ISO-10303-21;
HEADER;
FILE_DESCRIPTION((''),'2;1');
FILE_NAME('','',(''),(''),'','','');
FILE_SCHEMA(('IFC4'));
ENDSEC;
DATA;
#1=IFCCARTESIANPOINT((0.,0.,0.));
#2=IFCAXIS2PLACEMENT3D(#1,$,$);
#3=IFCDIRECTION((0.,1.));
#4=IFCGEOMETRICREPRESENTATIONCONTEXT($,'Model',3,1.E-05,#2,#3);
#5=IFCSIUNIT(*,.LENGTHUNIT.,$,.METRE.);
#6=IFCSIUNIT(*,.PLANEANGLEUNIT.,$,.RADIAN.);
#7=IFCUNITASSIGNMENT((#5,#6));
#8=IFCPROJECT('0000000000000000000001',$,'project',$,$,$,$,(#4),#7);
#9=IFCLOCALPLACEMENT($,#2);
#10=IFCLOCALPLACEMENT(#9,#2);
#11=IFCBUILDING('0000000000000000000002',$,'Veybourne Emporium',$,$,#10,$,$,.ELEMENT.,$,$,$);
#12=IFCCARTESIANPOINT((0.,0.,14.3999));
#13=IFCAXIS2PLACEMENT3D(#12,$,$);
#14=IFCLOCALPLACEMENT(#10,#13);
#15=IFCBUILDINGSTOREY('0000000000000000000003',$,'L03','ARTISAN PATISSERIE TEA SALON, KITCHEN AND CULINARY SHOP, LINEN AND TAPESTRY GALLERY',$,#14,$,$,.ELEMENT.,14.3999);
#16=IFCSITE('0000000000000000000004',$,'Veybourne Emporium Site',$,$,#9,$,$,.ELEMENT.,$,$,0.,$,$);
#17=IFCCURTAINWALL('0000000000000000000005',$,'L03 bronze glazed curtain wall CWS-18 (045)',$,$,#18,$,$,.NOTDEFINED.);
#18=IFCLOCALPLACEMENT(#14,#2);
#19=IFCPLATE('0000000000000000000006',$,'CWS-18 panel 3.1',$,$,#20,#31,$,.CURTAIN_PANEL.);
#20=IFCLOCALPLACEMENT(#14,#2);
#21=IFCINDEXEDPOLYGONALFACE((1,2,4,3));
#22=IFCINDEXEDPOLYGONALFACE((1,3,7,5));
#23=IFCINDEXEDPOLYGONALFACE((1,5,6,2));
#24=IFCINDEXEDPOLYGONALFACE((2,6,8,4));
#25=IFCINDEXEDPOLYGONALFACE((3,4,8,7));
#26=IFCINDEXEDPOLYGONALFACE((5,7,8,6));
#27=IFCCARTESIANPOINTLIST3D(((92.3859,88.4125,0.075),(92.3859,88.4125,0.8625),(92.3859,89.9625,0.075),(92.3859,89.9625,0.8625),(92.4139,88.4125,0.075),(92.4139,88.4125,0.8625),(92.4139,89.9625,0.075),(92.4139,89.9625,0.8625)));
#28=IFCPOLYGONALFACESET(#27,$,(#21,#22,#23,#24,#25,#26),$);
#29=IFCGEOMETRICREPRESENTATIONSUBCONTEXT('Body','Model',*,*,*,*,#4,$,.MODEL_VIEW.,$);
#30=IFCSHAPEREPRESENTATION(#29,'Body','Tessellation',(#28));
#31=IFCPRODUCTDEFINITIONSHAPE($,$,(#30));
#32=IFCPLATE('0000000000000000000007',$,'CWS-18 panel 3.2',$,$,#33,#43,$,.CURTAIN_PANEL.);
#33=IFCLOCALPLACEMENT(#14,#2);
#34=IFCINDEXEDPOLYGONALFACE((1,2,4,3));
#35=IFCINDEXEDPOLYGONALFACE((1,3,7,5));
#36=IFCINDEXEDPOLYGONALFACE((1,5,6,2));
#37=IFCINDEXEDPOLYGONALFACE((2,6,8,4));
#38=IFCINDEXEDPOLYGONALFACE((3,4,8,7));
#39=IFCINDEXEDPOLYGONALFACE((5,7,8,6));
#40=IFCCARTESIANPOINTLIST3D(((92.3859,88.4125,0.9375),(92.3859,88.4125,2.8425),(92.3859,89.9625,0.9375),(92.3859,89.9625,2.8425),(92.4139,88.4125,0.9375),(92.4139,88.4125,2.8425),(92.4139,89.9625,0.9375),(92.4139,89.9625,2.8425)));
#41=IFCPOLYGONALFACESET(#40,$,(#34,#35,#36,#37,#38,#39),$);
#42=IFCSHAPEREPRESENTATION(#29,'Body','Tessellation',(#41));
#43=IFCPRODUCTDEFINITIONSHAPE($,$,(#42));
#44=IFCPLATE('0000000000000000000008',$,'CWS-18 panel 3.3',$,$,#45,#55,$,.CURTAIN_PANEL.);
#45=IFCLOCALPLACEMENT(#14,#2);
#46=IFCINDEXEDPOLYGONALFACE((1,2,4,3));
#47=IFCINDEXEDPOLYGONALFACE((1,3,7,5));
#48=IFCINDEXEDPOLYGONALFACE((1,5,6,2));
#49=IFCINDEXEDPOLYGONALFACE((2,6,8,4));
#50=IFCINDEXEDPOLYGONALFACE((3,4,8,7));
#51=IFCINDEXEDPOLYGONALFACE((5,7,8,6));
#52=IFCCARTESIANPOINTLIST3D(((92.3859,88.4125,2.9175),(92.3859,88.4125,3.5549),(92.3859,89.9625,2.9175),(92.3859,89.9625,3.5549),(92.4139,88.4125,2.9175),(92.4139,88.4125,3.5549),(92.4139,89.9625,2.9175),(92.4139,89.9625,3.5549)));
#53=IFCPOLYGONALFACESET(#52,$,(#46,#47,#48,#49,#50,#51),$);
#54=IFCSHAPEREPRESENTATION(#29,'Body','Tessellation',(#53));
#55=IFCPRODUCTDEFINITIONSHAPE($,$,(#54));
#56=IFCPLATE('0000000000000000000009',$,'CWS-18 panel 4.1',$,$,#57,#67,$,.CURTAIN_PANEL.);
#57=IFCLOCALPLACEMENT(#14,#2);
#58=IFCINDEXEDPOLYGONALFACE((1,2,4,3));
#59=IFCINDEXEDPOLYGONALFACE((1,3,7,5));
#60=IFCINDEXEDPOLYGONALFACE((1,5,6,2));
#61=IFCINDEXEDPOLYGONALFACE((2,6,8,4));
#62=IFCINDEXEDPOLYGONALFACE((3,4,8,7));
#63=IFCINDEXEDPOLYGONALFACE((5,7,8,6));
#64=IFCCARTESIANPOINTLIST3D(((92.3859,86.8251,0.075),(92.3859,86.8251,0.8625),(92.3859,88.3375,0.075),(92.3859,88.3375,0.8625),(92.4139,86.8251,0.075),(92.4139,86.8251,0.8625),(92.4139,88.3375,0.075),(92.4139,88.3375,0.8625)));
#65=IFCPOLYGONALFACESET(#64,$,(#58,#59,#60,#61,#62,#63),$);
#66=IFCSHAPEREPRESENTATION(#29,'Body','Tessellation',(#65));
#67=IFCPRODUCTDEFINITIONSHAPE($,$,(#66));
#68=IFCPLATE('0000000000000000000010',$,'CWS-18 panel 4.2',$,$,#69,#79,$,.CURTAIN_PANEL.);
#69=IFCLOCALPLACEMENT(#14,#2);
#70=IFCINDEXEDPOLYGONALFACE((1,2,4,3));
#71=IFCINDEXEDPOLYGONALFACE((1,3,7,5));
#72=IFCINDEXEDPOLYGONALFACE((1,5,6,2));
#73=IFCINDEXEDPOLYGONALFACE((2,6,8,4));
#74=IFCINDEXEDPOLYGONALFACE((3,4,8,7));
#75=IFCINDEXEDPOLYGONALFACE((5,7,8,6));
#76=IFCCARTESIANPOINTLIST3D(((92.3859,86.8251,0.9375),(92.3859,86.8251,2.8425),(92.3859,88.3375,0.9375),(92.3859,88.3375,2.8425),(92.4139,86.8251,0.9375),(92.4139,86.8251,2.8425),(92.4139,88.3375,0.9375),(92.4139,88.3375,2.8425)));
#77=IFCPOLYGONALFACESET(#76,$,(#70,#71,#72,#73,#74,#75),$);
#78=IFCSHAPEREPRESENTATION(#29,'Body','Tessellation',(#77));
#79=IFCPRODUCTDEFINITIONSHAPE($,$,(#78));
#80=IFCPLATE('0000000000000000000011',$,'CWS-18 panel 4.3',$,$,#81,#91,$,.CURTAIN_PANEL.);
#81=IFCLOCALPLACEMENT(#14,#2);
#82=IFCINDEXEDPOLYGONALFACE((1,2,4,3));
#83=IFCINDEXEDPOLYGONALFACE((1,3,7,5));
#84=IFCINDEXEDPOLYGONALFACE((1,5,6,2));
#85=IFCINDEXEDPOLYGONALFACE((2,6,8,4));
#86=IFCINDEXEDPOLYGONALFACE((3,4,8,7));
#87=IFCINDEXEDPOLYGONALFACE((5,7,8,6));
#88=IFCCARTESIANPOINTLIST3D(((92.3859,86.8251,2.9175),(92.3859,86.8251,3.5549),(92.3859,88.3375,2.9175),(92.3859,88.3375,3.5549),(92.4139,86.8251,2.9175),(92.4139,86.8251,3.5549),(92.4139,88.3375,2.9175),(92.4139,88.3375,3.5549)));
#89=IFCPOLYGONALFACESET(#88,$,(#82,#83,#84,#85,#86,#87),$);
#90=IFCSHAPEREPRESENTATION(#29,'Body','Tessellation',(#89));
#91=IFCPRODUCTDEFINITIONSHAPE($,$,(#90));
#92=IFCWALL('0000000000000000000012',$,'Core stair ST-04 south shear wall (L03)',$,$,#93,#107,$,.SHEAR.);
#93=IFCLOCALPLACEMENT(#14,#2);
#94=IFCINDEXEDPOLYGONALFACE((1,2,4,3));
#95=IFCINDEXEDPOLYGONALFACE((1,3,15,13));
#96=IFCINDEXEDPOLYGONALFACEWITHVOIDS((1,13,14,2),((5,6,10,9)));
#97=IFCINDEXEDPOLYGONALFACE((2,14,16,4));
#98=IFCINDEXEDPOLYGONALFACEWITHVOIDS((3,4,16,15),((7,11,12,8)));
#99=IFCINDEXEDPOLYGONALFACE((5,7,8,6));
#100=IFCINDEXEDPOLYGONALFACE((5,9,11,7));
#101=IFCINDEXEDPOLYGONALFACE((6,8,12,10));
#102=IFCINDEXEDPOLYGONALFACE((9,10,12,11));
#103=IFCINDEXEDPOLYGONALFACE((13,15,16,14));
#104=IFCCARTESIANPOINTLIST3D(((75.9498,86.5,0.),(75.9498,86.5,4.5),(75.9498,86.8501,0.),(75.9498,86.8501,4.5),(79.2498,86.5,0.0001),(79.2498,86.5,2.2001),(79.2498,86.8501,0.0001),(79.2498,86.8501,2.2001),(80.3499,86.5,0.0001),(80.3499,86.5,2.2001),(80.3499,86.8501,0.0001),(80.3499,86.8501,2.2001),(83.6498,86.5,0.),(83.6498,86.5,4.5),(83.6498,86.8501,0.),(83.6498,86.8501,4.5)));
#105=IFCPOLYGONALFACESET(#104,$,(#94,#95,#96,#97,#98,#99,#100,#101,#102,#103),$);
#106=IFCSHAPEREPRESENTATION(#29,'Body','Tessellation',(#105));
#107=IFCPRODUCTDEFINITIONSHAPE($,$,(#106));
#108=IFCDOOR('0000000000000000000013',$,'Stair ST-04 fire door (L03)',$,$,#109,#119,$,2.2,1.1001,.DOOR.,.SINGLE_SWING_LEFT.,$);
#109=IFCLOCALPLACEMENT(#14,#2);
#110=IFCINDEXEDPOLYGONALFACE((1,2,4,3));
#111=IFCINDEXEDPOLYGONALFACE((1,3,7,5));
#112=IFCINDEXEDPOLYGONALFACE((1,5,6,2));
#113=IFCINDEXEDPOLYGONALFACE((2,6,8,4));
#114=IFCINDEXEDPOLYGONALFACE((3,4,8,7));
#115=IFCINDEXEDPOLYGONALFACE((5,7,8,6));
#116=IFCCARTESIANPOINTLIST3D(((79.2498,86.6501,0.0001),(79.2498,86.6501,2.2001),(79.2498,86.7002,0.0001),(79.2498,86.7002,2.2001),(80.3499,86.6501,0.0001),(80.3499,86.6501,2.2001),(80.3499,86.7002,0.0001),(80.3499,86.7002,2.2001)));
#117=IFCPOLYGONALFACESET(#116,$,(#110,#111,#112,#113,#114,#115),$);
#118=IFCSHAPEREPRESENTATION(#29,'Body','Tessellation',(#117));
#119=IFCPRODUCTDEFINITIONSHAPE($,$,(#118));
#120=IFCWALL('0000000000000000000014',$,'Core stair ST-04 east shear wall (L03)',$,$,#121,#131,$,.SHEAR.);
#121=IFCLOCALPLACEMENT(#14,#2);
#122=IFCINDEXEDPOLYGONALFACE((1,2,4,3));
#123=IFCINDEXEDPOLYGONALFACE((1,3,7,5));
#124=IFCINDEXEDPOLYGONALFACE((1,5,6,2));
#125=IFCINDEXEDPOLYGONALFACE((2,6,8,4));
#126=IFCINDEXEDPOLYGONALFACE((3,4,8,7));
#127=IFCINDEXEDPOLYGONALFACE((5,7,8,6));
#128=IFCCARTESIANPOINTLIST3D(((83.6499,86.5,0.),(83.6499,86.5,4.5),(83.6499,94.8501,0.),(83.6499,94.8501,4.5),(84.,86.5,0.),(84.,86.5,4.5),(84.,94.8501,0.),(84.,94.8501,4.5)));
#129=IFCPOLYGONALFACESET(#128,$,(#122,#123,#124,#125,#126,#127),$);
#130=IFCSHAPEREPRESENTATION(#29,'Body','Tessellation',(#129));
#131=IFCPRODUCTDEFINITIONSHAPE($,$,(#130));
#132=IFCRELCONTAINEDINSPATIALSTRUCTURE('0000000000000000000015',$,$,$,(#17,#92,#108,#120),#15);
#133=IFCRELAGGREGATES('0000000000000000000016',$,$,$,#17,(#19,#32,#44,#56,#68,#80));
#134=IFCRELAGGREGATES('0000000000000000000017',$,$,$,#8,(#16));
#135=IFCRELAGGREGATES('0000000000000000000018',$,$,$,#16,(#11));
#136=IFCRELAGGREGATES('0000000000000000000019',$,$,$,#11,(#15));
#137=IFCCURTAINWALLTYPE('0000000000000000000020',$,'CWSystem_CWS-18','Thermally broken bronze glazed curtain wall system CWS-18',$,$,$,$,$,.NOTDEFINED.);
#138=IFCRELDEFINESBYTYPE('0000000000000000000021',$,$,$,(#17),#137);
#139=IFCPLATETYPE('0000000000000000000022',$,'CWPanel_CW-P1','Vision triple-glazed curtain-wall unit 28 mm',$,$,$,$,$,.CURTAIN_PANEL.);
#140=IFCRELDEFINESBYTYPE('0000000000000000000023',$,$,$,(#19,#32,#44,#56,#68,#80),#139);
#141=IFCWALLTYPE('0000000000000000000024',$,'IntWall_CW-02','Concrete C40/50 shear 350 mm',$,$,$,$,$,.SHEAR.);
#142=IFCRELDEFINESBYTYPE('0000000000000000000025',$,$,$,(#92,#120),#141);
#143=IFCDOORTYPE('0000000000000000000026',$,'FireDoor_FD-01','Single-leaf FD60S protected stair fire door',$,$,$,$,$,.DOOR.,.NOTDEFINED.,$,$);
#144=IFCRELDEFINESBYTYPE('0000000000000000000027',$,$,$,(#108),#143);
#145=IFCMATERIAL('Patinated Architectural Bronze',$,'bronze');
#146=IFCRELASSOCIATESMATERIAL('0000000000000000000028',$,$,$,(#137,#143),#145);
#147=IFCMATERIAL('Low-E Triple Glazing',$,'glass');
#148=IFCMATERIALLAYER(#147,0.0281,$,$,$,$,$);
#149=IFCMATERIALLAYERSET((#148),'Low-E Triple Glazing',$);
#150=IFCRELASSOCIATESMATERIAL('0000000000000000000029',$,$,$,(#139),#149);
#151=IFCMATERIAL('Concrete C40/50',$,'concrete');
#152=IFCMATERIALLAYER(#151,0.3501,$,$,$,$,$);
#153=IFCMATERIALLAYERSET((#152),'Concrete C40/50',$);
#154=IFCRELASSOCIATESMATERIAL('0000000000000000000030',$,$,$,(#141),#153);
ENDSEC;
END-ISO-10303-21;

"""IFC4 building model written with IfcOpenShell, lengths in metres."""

from ifc_helpers import new_model, si_unit, direction, frame, frame_2d, origin, origin_2d, place, context, subcontext, project, spatial, rectangle, extrude, material, layer, layer_set, type_object, element, fill, aggregate, save


model = new_model("IFC4")

# Units and contexts
model_context = context("Model", 3, precision=1e-05, world=origin(), true_north=direction((0.0, 1.0)))
body_context = subcontext(model_context, "Body", "Model", "MODEL_VIEW")
ifc_project = project(units=[si_unit("LENGTHUNIT", "METRE"), si_unit("PLANEANGLEUNIT", "RADIAN")], contexts=[model_context])

# Site, building, storey
site_placement = place(None, origin())
site = spatial("IfcSite", under=ifc_project, at=site_placement, Name="Veybourne Emporium Site", CompositionType="ELEMENT", RefElevation=0.0)
building_placement = place(site_placement, origin())
building = spatial("IfcBuilding", under=site, at=building_placement, Name="Veybourne Emporium", CompositionType="ELEMENT")
storey_placement = place(building_placement, frame((0.0, 0.0, 14.3999)))
storey = spatial("IfcBuildingStorey", under=building, at=storey_placement, Name="L03", Description="ARTISAN PATISSERIE TEA SALON, KITCHEN AND CULINARY SHOP, LINEN AND TAPESTRY GALLERY", CompositionType="ELEMENT", Elevation=14.3999)

# Shared definitions
ifc_material_1 = material(Name="Concrete C40/50", Category="concrete")

# Curtain wall
ifc_material_2 = material(Name="Patinated Architectural Bronze", Category="bronze")
curtain_wall_type = type_object("IfcCurtainWallType", Name="CWSystem_CWS-18", Description="Thermally broken bronze glazed curtain wall system CWS-18", PredefinedType="NOTDEFINED", material=ifc_material_2)
curtain_wall_placement = place(storey_placement, origin())
curtain_wall = element("IfcCurtainWall", 1, at=curtain_wall_placement, inside=storey, type_object=curtain_wall_type, Name="L03 bronze glazed curtain wall CWS-18 (045)", PredefinedType="NOTDEFINED")

# Plates
ifc_material_3 = material(Name="Low-E Triple Glazing", Category="glass")
ifc_layer_1 = layer(ifc_material_3, 0.0281)
ifc_layer_set_1 = layer_set([ifc_layer_1], Name="Low-E Triple Glazing")
plate_type = type_object("IfcPlateType", Name="CWPanel_CW-P1", Description="Vision triple-glazed curtain-wall unit 28 mm", PredefinedType="CURTAIN_PANEL", material=ifc_layer_set_1)
plate_1_placement = place(storey_placement, frame((92.3999, 89.1875, 0.075), z_axis=(0.0, 0.0, 1.0), x_axis=(0.0, -1.0, 0.0)))
plate_1 = element("IfcPlate", 2, at=plate_1_placement, type_object=plate_type, Name="CWS-18 panel 3.1", PredefinedType="CURTAIN_PANEL", context=body_context, shape_type="SweptSolid", body=[
    extrude(rectangle(XDim=1.55, YDim=0.0281, at=origin_2d()), origin(), (0.0, 0.0, 1.0), 0.7876),
])
plate_2_placement = place(storey_placement, frame((92.3999, 89.1875, 0.9375), z_axis=(0.0, 0.0, 1.0), x_axis=(0.0, -1.0, 0.0)))
plate_2 = element("IfcPlate", 3, at=plate_2_placement, type_object=plate_type, Name="CWS-18 panel 3.2", PredefinedType="CURTAIN_PANEL", context=body_context, shape_type="SweptSolid", body=[
    extrude(rectangle(XDim=1.55, YDim=0.0281, at=origin_2d()), origin(), (0.0, 0.0, 1.0), 1.905),
])
plate_3_placement = place(storey_placement, frame((92.3999, 89.1875, 2.9175), z_axis=(0.0, 0.0, 1.0), x_axis=(0.0, -1.0, 0.0)))
plate_3 = element("IfcPlate", 4, at=plate_3_placement, type_object=plate_type, Name="CWS-18 panel 3.3", PredefinedType="CURTAIN_PANEL", context=body_context, shape_type="SweptSolid", body=[
    extrude(rectangle(XDim=1.55, YDim=0.0281, at=origin_2d()), origin(), (0.0, 0.0, 1.0), 0.6375),
])
plate_4_placement = place(storey_placement, frame((92.3999, 87.5813, 0.075), z_axis=(0.0, 0.0, 1.0), x_axis=(0.0, -1.0, 0.0)))
plate_4 = element("IfcPlate", 5, at=plate_4_placement, type_object=plate_type, Name="CWS-18 panel 4.1", PredefinedType="CURTAIN_PANEL", context=body_context, shape_type="SweptSolid", body=[
    extrude(rectangle(XDim=1.5125, YDim=0.0281, at=origin_2d()), origin(), (0.0, 0.0, 1.0), 0.7876),
])
plate_5_placement = place(storey_placement, frame((92.3999, 87.5813, 0.9375), z_axis=(0.0, 0.0, 1.0), x_axis=(0.0, -1.0, 0.0)))
plate_5 = element("IfcPlate", 6, at=plate_5_placement, type_object=plate_type, Name="CWS-18 panel 4.2", PredefinedType="CURTAIN_PANEL", context=body_context, shape_type="SweptSolid", body=[
    extrude(rectangle(XDim=1.5125, YDim=0.0281, at=origin_2d()), origin(), (0.0, 0.0, 1.0), 1.905),
])
plate_6_placement = place(storey_placement, frame((92.3999, 87.5813, 2.9175), z_axis=(0.0, 0.0, 1.0), x_axis=(0.0, -1.0, 0.0)))
plate_6 = element("IfcPlate", 7, at=plate_6_placement, type_object=plate_type, Name="CWS-18 panel 4.3", PredefinedType="CURTAIN_PANEL", context=body_context, shape_type="SweptSolid", body=[
    extrude(rectangle(XDim=1.5125, YDim=0.0281, at=origin_2d()), origin(), (0.0, 0.0, 1.0), 0.6375),
])
aggregate(curtain_wall, [plate_1, plate_2, plate_3, plate_4, plate_5, plate_6])

# Wall, opening, door
ifc_layer_2 = layer(ifc_material_1, 0.3501)
ifc_layer_set_2 = layer_set([ifc_layer_2], Name="Concrete C40/50")
wall_type = type_object("IfcWallType", Name="IntWall_CW-02", Description="Concrete C40/50 shear 350 mm", PredefinedType="SHEAR", material=ifc_layer_set_2)
wall_1_placement = place(storey_placement, frame((83.6499, 86.675, 0.0), z_axis=(0.0, 0.0, 1.0), x_axis=(-1.0, 0.0, 0.0)))
wall_1 = element("IfcWall", 8, at=wall_1_placement, inside=storey, type_object=wall_type, Name="Core stair ST-04 south shear wall (L03)", PredefinedType="SHEAR", context=body_context, shape_type="SweptSolid", body=[
    extrude(rectangle(XDim=7.7, YDim=0.3501, at=frame_2d((3.8501, 0.0))), origin(), (0.0, 0.0, 1.0), 4.5),
])
opening_placement = place(wall_1_placement, frame((3.3, 0.0, 0.0)))
opening = element("IfcOpeningElement", 9, at=opening_placement, cuts=wall_1, PredefinedType="OPENING", context=body_context, shape_type="SweptSolid", body=[
    extrude(rectangle(XDim=1.1001, YDim=2.2, at=frame_2d((0.55, 1.1001))), frame((0.0, 0.1951, 0.0), z_axis=(0.0, -1.0, 0.0), x_axis=(1.0, 0.0, 0.0)), (0.0, 0.0, 1.0), 0.3901),
])
door_type = type_object("IfcDoorType", Name="FireDoor_FD-01", Description="Single-leaf FD60S protected stair fire door", OperationType="NOTDEFINED", PredefinedType="DOOR", material=ifc_material_2)
door_placement = place(opening_placement, origin())
door = element("IfcDoor", 10, at=door_placement, inside=storey, type_object=door_type, Name="Stair ST-04 fire door (L03)", OperationType="SINGLE_SWING_LEFT", OverallHeight=2.2, OverallWidth=1.1001, PredefinedType="DOOR", context=body_context, shape_type="SweptSolid", body=[
    extrude(rectangle(XDim=1.1001, YDim=2.2, at=frame_2d((0.55, 1.1001))), frame((0.0, 0.0249, 0.0), z_axis=(0.0, -1.0, 0.0), x_axis=(1.0, 0.0, 0.0)), (0.0, 0.0, 1.0), 0.05),
])
fill(opening, door)

# Wall
wall_2_placement = place(storey_placement, frame((83.825, 86.5, 0.0), z_axis=(0.0, 0.0, 1.0), x_axis=(0.0, 1.0, 0.0)))
element("IfcWall", 11, at=wall_2_placement, inside=storey, type_object=wall_type, Name="Core stair ST-04 east shear wall (L03)", PredefinedType="SHEAR", context=body_context, shape_type="SweptSolid", body=[
    extrude(rectangle(XDim=8.3501, YDim=0.3501, at=frame_2d((4.175, 0.0))), origin(), (0.0, 0.0, 1.0), 4.5),
])

save(model, "model.ifc")
